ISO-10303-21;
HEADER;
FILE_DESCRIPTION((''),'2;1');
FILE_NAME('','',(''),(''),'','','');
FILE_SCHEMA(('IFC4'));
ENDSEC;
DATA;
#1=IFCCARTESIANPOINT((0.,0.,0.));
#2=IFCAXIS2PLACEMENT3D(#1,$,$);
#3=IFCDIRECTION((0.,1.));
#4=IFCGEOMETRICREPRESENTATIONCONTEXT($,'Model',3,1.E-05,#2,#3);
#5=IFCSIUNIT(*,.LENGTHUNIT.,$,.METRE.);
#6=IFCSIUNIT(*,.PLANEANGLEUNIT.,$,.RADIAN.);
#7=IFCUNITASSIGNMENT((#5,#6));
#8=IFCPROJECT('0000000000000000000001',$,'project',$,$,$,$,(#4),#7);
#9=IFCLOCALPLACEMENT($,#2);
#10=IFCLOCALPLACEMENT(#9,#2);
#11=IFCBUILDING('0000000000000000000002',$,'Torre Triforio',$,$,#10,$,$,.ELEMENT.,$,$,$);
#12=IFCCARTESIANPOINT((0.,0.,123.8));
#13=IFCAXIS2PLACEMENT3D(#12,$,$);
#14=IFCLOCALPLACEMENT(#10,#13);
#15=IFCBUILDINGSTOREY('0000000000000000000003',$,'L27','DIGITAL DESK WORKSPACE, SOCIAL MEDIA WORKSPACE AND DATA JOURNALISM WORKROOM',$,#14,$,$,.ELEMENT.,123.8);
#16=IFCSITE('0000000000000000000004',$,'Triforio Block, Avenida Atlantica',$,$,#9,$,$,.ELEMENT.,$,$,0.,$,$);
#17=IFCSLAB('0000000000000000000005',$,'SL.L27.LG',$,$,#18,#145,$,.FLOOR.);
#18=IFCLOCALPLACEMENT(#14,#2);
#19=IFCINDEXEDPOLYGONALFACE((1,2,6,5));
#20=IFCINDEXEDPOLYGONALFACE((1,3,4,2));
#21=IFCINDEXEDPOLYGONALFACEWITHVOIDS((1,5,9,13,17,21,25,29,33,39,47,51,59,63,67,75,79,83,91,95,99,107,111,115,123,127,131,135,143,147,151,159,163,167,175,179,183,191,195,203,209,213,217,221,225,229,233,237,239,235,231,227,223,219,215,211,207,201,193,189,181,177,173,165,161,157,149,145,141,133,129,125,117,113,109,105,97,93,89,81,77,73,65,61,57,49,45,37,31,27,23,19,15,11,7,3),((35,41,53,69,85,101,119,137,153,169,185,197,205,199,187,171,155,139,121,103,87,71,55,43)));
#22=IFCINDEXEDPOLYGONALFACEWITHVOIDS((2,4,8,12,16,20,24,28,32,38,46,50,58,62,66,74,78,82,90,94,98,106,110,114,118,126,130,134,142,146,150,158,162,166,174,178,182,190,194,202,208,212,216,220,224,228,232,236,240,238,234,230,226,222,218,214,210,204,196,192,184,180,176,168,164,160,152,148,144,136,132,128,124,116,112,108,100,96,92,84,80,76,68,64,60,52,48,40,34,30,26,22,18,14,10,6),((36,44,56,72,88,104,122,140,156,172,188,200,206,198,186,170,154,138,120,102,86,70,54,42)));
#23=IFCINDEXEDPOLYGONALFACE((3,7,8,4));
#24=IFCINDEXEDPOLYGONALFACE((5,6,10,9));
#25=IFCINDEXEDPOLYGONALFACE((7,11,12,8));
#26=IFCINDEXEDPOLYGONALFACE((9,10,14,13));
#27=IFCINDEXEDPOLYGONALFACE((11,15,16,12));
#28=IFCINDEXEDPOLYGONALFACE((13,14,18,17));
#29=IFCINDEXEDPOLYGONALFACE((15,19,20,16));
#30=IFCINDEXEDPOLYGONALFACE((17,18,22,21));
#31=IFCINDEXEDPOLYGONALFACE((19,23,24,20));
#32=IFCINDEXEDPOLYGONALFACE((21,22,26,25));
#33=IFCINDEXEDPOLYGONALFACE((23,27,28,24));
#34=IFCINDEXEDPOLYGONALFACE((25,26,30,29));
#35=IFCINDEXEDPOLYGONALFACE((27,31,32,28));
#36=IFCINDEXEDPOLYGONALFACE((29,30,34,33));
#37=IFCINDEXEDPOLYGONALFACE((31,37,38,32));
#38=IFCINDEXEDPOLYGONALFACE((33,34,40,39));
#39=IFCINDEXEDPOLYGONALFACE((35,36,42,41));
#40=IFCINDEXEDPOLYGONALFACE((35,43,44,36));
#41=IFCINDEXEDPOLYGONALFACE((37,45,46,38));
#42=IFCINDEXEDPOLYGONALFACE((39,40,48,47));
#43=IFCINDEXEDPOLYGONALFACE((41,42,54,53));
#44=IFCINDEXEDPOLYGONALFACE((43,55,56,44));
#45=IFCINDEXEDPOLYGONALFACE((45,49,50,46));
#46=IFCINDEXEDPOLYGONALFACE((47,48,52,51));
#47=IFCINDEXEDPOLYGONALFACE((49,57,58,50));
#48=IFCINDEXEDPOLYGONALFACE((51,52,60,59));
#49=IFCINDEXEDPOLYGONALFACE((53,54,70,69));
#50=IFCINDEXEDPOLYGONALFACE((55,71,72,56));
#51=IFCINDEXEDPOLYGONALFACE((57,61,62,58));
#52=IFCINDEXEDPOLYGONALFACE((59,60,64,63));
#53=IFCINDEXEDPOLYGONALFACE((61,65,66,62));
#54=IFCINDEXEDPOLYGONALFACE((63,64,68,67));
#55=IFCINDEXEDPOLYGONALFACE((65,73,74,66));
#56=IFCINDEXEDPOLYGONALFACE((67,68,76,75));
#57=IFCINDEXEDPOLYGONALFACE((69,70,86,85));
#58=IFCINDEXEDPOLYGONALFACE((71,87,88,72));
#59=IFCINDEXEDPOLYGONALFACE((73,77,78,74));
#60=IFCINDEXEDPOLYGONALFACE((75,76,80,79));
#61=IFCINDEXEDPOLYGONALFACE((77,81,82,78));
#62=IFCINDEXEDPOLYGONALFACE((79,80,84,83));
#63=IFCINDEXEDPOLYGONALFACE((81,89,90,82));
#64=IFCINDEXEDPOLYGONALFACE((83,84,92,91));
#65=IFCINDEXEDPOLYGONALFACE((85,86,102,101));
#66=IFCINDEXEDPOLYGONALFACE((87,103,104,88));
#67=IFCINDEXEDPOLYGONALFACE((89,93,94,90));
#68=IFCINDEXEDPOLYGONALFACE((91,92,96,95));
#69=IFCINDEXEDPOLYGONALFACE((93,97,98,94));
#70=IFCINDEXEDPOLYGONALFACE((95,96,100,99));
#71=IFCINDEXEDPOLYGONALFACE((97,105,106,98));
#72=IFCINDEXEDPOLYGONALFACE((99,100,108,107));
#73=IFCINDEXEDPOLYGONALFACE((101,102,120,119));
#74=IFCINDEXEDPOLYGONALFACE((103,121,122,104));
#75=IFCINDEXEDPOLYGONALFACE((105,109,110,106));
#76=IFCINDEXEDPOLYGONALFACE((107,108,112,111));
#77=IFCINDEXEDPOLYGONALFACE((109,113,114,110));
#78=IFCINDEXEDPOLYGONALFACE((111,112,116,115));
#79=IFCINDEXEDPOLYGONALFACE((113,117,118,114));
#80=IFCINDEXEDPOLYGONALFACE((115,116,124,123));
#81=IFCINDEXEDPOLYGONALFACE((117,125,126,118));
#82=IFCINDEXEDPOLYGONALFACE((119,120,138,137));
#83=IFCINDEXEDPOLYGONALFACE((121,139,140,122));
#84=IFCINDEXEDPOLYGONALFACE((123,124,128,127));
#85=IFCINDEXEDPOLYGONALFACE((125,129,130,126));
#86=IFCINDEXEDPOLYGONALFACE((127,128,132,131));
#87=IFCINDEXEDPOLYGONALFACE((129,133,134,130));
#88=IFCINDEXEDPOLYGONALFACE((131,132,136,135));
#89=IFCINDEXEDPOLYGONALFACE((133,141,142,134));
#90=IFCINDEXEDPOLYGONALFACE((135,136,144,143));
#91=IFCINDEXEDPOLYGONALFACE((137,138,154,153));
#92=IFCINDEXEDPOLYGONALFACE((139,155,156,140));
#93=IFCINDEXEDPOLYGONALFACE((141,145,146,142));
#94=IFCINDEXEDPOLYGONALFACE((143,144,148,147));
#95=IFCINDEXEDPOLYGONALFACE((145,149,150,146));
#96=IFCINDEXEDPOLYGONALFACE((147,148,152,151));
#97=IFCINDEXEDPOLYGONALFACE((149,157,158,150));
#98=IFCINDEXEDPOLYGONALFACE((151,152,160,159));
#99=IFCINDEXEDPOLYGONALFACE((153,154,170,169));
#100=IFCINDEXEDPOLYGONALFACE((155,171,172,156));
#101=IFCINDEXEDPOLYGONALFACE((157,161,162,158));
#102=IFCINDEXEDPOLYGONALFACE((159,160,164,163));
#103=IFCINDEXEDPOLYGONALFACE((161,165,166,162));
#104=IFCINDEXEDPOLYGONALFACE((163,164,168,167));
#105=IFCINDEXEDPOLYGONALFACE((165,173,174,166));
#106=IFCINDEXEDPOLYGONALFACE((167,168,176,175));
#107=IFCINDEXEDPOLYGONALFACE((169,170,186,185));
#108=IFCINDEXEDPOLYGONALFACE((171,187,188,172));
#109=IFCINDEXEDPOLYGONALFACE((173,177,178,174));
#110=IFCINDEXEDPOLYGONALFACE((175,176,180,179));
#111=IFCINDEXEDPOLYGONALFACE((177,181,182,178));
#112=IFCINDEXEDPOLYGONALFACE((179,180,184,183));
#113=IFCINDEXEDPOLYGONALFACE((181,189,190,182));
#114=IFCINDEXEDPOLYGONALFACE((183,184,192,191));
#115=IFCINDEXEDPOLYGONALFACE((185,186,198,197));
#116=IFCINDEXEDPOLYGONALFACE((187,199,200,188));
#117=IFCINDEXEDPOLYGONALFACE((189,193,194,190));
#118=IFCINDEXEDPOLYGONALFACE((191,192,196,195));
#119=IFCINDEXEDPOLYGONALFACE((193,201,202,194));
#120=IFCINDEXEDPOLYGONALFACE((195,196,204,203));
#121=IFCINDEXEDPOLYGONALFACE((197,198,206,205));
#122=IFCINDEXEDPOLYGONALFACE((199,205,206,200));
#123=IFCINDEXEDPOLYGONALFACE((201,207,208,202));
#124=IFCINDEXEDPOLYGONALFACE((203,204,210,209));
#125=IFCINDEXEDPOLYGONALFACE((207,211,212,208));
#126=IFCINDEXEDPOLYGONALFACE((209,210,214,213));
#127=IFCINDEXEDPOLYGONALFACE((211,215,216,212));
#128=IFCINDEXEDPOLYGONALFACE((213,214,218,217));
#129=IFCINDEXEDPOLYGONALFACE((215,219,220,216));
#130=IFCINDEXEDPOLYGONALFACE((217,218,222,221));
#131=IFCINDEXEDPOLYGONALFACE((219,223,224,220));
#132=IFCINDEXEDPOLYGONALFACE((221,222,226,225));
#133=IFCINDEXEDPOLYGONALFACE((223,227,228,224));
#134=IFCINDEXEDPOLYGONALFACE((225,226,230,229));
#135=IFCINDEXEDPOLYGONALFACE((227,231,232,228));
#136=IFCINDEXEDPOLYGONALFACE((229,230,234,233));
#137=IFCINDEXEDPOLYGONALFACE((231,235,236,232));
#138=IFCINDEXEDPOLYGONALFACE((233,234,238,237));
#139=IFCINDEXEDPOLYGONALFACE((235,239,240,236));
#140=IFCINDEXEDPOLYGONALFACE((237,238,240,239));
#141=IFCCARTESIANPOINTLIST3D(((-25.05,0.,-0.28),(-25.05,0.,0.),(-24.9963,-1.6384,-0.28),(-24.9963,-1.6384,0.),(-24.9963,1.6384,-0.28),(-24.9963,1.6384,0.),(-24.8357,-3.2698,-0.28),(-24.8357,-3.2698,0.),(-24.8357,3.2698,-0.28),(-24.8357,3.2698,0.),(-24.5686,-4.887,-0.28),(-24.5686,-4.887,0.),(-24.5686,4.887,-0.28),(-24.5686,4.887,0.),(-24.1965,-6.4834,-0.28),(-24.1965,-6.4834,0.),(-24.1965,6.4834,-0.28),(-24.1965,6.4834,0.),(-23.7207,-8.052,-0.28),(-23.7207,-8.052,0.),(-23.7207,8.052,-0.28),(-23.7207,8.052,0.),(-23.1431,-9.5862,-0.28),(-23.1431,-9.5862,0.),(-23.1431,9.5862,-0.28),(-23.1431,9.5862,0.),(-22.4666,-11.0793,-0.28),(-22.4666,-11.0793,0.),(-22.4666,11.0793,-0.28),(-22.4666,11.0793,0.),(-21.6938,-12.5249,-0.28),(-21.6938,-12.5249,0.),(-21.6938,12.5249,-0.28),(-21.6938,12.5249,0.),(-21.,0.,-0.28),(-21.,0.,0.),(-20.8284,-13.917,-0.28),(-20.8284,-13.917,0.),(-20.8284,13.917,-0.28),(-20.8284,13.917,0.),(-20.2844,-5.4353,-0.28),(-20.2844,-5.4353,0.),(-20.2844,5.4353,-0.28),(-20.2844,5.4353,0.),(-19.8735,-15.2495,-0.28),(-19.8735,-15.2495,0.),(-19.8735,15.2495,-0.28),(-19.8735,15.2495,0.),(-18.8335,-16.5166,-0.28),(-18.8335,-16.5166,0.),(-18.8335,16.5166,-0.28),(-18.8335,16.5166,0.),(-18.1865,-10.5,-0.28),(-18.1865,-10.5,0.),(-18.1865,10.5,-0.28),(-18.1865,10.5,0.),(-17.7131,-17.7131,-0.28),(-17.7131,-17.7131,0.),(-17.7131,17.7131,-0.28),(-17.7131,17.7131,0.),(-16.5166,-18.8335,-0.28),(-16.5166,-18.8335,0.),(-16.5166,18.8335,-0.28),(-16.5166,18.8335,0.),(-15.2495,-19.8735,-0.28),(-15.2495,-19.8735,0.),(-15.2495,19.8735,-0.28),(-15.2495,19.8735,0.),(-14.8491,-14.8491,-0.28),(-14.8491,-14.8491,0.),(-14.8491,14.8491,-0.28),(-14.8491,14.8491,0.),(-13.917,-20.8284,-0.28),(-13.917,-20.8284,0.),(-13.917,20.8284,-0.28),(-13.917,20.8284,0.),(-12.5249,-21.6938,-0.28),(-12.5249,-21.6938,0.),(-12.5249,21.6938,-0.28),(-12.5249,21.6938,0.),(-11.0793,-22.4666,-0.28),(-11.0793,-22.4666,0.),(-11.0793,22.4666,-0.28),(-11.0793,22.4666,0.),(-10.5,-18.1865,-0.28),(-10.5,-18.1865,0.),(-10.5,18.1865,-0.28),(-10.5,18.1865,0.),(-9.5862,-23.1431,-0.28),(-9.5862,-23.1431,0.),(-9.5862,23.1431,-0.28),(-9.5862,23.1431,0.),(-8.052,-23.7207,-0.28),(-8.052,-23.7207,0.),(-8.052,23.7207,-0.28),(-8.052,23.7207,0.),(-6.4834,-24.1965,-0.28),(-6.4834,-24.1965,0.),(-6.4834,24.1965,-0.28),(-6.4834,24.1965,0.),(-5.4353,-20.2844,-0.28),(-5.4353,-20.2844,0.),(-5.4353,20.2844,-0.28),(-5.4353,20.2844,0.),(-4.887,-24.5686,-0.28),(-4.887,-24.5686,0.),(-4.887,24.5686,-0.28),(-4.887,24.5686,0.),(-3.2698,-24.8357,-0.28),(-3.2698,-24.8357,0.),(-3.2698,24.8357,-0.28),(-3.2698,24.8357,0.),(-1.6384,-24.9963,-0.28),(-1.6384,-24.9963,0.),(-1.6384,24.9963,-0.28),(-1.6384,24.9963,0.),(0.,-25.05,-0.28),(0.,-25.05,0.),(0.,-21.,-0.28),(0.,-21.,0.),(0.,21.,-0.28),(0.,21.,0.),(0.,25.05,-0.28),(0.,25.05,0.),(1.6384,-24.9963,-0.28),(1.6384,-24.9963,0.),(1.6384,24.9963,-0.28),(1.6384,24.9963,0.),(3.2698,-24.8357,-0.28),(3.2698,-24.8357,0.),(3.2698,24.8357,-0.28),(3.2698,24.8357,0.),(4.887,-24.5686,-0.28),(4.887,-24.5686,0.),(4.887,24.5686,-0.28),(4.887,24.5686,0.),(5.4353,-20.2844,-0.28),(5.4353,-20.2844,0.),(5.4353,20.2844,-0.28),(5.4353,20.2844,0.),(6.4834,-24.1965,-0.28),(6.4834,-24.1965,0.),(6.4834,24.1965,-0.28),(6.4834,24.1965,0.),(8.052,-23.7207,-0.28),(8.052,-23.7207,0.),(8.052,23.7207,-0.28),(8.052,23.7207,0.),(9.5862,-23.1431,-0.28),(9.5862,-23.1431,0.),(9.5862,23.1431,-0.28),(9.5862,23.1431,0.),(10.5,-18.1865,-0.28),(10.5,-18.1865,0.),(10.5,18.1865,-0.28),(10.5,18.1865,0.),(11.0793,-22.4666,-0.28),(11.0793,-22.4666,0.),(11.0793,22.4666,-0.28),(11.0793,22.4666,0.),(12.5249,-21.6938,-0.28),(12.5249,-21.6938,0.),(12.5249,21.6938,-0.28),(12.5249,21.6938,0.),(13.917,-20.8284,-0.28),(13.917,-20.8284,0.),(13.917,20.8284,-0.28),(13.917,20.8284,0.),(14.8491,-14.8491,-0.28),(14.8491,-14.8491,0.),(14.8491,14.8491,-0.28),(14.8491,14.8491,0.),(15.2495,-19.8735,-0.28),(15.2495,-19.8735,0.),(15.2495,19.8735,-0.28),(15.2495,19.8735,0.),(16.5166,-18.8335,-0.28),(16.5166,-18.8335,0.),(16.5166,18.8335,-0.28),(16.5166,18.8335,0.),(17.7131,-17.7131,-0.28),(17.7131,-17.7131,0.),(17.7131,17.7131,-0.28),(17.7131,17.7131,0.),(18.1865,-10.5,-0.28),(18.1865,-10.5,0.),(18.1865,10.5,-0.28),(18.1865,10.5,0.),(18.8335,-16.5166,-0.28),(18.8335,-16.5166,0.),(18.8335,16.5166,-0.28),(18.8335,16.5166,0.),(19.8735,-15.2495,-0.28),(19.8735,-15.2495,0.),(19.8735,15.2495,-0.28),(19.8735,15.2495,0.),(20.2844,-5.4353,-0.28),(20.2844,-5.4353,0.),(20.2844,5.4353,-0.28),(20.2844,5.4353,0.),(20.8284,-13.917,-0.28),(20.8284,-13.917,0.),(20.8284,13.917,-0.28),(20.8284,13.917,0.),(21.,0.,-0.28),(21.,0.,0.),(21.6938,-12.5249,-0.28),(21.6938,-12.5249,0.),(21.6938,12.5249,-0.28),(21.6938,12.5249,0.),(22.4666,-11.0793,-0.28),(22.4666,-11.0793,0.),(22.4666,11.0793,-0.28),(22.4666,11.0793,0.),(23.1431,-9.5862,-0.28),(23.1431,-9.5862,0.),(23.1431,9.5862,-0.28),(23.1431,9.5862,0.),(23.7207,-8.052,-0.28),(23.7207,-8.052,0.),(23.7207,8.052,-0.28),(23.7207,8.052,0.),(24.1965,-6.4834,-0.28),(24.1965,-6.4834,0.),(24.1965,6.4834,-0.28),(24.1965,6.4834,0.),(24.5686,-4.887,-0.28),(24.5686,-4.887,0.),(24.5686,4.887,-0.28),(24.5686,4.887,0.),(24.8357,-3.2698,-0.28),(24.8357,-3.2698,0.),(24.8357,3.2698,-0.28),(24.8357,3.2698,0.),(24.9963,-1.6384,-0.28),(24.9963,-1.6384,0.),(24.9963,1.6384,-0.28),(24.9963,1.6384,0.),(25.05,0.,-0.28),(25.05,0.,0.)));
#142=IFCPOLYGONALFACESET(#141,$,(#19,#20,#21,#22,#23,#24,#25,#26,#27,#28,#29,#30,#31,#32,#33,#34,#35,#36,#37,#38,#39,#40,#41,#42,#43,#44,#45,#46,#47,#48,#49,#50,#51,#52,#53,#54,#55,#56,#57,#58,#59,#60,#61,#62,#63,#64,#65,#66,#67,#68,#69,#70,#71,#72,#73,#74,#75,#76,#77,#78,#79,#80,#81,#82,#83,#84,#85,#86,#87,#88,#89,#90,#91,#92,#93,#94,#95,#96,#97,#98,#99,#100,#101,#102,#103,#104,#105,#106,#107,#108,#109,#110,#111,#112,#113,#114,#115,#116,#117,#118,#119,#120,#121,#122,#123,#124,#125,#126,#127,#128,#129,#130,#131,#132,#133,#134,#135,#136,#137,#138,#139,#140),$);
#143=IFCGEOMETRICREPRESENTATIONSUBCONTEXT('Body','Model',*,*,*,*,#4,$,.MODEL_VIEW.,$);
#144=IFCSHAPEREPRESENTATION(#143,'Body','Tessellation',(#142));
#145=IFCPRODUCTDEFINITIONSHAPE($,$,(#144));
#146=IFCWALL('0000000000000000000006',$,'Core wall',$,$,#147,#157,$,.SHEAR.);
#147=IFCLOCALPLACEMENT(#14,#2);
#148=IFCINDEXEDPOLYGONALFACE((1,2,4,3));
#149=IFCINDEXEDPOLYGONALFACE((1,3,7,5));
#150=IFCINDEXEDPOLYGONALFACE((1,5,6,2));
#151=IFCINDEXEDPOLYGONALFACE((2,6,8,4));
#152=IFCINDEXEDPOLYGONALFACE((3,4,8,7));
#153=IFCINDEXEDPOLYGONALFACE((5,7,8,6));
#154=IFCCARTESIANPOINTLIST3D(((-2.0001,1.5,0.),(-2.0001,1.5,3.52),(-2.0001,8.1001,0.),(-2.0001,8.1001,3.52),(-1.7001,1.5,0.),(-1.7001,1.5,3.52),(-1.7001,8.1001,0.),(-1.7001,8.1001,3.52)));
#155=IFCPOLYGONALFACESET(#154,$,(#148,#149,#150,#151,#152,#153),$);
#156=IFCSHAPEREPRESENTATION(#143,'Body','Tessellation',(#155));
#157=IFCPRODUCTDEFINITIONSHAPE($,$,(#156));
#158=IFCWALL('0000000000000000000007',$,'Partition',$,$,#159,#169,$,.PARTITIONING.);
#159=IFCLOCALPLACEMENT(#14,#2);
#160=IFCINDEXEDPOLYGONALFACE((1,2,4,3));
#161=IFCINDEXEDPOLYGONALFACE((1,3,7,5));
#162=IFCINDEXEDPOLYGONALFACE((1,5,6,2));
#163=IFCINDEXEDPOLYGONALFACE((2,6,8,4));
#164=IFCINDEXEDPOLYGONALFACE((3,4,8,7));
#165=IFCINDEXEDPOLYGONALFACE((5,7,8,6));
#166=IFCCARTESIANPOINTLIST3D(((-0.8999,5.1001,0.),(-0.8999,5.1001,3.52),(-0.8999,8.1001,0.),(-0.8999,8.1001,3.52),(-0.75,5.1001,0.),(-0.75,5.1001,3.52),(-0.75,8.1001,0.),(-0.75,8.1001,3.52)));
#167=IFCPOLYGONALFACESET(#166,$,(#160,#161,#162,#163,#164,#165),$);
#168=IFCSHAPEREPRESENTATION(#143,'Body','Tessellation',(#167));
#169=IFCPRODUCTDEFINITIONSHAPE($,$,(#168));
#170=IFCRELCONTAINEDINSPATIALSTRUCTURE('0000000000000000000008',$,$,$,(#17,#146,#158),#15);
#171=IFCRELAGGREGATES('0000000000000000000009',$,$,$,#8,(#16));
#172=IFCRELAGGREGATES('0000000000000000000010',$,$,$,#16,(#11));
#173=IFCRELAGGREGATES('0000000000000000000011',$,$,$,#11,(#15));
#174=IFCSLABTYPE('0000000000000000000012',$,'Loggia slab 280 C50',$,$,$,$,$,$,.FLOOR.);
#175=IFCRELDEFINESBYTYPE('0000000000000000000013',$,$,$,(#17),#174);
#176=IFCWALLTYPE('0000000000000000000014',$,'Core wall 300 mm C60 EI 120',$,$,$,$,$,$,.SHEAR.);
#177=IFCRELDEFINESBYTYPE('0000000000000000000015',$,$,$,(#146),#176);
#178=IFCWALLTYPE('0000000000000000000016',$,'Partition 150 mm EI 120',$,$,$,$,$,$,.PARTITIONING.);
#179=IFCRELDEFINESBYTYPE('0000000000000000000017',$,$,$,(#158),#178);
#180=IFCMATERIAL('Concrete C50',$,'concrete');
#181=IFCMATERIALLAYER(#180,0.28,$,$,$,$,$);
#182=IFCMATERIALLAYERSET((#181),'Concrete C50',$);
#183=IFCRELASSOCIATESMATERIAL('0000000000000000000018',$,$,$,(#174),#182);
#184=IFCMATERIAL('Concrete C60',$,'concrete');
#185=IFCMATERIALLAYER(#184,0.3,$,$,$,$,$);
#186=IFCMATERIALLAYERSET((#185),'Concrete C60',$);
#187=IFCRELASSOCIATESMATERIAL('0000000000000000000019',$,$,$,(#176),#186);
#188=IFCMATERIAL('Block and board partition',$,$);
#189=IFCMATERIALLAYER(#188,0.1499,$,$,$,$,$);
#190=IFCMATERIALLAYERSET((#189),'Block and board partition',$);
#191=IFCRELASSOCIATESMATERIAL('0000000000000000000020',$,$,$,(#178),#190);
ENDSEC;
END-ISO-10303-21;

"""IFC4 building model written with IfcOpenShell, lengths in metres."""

from ifc_helpers import new_model, si_unit, direction, frame, frame_2d, origin, place, context, subcontext, project, spatial, polyline, rectangle, outline, extrude, material, layer, layer_set, type_object, element, save


model = new_model("IFC4")

# Units and contexts
model_context = context("Model", 3, precision=1e-05, world=origin(), true_north=direction((0.0, 1.0)))
body_context = subcontext(model_context, "Body", "Model", "MODEL_VIEW")
ifc_project = project(units=[si_unit("LENGTHUNIT", "METRE"), si_unit("PLANEANGLEUNIT", "RADIAN")], contexts=[model_context])

# Site, building, storey
site_placement = place(None, origin())
site = spatial("IfcSite", under=ifc_project, at=site_placement, Name="Triforio Block, Avenida Atlantica", CompositionType="ELEMENT", RefElevation=0.0)
building_placement = place(site_placement, origin())
building = spatial("IfcBuilding", under=site, at=building_placement, Name="Torre Triforio", CompositionType="ELEMENT")
storey_placement = place(building_placement, frame((0.0, 0.0, 123.8)))
storey = spatial("IfcBuildingStorey", under=building, at=storey_placement, Name="L27", Description="DIGITAL DESK WORKSPACE, SOCIAL MEDIA WORKSPACE AND DATA JOURNALISM WORKROOM", CompositionType="ELEMENT", Elevation=123.8)

# Shared definitions
ifc_material_1 = material(Name="Concrete C50", Category="concrete")

# Slab
ifc_layer_1 = layer(ifc_material_1, 0.28)
ifc_layer_set_1 = layer_set([ifc_layer_1], Name="Concrete C50")
slab_type_1 = type_object("IfcSlabType", Name="Loggia slab 280 C50", PredefinedType="FLOOR", material=ifc_layer_set_1)
slab_1_placement = place(storey_placement, frame((0.0, 0.0, -0.28)))
element("IfcSlab", 1, at=slab_1_placement, inside=storey, type_object=slab_type_1, Name="SL.L27.LG", PredefinedType="FLOOR", context=body_context, shape_type="SweptSolid", body=[
    extrude(outline(polyline([(24.9963, -1.6384), (25.05, 0.0), (24.9963, 1.6384), (24.8357, 3.2698), (24.5686, 4.887), (24.1965, 6.4834), (23.7207, 8.052), (23.1431, 9.5862), (22.4666, 11.0793), (21.6938, 12.5249), (20.8284, 13.917), (19.8735, 15.2495), (18.8335, 16.5166), (17.7131, 17.7131), (16.5166, 18.8335), (15.2495, 19.8735), (13.917, 20.8284), (12.5249, 21.6938), (11.0793, 22.4666), (9.5862, 23.1431), (8.052, 23.7207), (6.4834, 24.1965), (4.887, 24.5686), (3.2698, 24.8357), (1.6384, 24.9963), (0.0, 25.05), (-1.6384, 24.9963), (-3.2698, 24.8357), (-4.887, 24.5686), (-6.4834, 24.1965), (-8.052, 23.7207), (-9.5862, 23.1431), (-11.0793, 22.4666), (-12.5249, 21.6938), (-13.917, 20.8284), (-15.2495, 19.8735), (-16.5166, 18.8335), (-17.7131, 17.7131), (-18.8335, 16.5166), (-19.8735, 15.2495), (-20.8284, 13.917), (-21.6938, 12.5249), (-22.4666, 11.0793), (-23.1431, 9.5862), (-23.7207, 8.052), (-24.1965, 6.4834), (-24.5686, 4.887), (-24.8357, 3.2698), (-24.9963, 1.6384), (-25.05, 0.0), (-24.9963, -1.6384), (-24.8357, -3.2698), (-24.5686, -4.887), (-24.1965, -6.4834), (-23.7207, -8.052), (-23.1431, -9.5862), (-22.4666, -11.0793), (-21.6938, -12.5249), (-20.8284, -13.917), (-19.8735, -15.2495), (-18.8335, -16.5166), (-17.7131, -17.7131), (-16.5166, -18.8335), (-15.2495, -19.8735), (-13.917, -20.8284), (-12.5249, -21.6938), (-11.0793, -22.4666), (-9.5862, -23.1431), (-8.052, -23.7207), (-6.4834, -24.1965), (-4.887, -24.5686), (-3.2698, -24.8357), (-1.6384, -24.9963), (0.0, -25.05), (1.6384, -24.9963), (3.2698, -24.8357), (4.887, -24.5686), (6.4834, -24.1965), (8.052, -23.7207), (9.5862, -23.1431), (11.0793, -22.4666), (12.5249, -21.6938), (13.917, -20.8284), (15.2495, -19.8735), (16.5166, -18.8335), (17.7131, -17.7131), (18.8335, -16.5166), (19.8735, -15.2495), (20.8284, -13.917), (21.6938, -12.5249), (22.4666, -11.0793), (23.1431, -9.5862), (23.7207, -8.052), (24.1965, -6.4834), (24.5686, -4.887), (24.8357, -3.2698), (24.9963, -1.6384)]), holes=[polyline([(20.2844, 5.4353), (21.0, 0.0), (20.2844, -5.4353), (18.1865, -10.5), (14.8491, -14.8491), (10.5, -18.1865), (5.4353, -20.2844), (0.0, -21.0), (-5.4353, -20.2844), (-10.5, -18.1865), (-14.8491, -14.8491), (-18.1865, -10.5), (-20.2844, -5.4353), (-21.0, 0.0), (-20.2844, 5.4353), (-18.1865, 10.5), (-14.8491, 14.8491), (-10.5, 18.1865), (-5.4353, 20.2844), (0.0, 21.0), (5.4353, 20.2844), (10.5, 18.1865), (14.8491, 14.8491), (18.1865, 10.5), (20.2844, 5.4353)])]), origin(), (0.0, 0.0, 1.0), 0.28),
])

# Walls
ifc_material_2 = material(Name="Concrete C60", Category="concrete")
ifc_layer_2 = layer(ifc_material_2, 0.3)
ifc_layer_set_2 = layer_set([ifc_layer_2], Name="Concrete C60")
wall_type_1 = type_object("IfcWallType", Name="Core wall 300 mm C60 EI 120", PredefinedType="SHEAR", material=ifc_layer_set_2)
wall_1_placement = place(storey_placement, frame((-1.8501, 1.5, 0.0), z_axis=(0.0, 0.0, 1.0), x_axis=(0.0, 1.0, 0.0)))
element("IfcWall", 2, at=wall_1_placement, inside=storey, type_object=wall_type_1, Name="Core wall", PredefinedType="SHEAR", context=body_context, shape_type="SweptSolid", body=[
    extrude(rectangle(XDim=6.6001, YDim=0.3, at=frame_2d((3.3, 0.0))), origin(), (0.0, 0.0, 1.0), 3.52),
])
ifc_material_3 = material(Name="Block and board partition")
ifc_layer_3 = layer(ifc_material_3, 0.1499)
ifc_layer_set_3 = layer_set([ifc_layer_3], Name="Block and board partition")
wall_type_2 = type_object("IfcWallType", Name="Partition 150 mm EI 120", PredefinedType="PARTITIONING", material=ifc_layer_set_3)
wall_2_placement = place(storey_placement, frame((-0.825, 5.1001, 0.0), z_axis=(0.0, 0.0, 1.0), x_axis=(0.0, 1.0, 0.0)))
element("IfcWall", 3, at=wall_2_placement, inside=storey, type_object=wall_type_2, Name="Partition", PredefinedType="PARTITIONING", context=body_context, shape_type="SweptSolid", body=[
    extrude(rectangle(XDim=3.0, YDim=0.1499, at=frame_2d((1.5, 0.0))), origin(), (0.0, 0.0, 1.0), 3.52),
])

save(model, "model.ifc")
